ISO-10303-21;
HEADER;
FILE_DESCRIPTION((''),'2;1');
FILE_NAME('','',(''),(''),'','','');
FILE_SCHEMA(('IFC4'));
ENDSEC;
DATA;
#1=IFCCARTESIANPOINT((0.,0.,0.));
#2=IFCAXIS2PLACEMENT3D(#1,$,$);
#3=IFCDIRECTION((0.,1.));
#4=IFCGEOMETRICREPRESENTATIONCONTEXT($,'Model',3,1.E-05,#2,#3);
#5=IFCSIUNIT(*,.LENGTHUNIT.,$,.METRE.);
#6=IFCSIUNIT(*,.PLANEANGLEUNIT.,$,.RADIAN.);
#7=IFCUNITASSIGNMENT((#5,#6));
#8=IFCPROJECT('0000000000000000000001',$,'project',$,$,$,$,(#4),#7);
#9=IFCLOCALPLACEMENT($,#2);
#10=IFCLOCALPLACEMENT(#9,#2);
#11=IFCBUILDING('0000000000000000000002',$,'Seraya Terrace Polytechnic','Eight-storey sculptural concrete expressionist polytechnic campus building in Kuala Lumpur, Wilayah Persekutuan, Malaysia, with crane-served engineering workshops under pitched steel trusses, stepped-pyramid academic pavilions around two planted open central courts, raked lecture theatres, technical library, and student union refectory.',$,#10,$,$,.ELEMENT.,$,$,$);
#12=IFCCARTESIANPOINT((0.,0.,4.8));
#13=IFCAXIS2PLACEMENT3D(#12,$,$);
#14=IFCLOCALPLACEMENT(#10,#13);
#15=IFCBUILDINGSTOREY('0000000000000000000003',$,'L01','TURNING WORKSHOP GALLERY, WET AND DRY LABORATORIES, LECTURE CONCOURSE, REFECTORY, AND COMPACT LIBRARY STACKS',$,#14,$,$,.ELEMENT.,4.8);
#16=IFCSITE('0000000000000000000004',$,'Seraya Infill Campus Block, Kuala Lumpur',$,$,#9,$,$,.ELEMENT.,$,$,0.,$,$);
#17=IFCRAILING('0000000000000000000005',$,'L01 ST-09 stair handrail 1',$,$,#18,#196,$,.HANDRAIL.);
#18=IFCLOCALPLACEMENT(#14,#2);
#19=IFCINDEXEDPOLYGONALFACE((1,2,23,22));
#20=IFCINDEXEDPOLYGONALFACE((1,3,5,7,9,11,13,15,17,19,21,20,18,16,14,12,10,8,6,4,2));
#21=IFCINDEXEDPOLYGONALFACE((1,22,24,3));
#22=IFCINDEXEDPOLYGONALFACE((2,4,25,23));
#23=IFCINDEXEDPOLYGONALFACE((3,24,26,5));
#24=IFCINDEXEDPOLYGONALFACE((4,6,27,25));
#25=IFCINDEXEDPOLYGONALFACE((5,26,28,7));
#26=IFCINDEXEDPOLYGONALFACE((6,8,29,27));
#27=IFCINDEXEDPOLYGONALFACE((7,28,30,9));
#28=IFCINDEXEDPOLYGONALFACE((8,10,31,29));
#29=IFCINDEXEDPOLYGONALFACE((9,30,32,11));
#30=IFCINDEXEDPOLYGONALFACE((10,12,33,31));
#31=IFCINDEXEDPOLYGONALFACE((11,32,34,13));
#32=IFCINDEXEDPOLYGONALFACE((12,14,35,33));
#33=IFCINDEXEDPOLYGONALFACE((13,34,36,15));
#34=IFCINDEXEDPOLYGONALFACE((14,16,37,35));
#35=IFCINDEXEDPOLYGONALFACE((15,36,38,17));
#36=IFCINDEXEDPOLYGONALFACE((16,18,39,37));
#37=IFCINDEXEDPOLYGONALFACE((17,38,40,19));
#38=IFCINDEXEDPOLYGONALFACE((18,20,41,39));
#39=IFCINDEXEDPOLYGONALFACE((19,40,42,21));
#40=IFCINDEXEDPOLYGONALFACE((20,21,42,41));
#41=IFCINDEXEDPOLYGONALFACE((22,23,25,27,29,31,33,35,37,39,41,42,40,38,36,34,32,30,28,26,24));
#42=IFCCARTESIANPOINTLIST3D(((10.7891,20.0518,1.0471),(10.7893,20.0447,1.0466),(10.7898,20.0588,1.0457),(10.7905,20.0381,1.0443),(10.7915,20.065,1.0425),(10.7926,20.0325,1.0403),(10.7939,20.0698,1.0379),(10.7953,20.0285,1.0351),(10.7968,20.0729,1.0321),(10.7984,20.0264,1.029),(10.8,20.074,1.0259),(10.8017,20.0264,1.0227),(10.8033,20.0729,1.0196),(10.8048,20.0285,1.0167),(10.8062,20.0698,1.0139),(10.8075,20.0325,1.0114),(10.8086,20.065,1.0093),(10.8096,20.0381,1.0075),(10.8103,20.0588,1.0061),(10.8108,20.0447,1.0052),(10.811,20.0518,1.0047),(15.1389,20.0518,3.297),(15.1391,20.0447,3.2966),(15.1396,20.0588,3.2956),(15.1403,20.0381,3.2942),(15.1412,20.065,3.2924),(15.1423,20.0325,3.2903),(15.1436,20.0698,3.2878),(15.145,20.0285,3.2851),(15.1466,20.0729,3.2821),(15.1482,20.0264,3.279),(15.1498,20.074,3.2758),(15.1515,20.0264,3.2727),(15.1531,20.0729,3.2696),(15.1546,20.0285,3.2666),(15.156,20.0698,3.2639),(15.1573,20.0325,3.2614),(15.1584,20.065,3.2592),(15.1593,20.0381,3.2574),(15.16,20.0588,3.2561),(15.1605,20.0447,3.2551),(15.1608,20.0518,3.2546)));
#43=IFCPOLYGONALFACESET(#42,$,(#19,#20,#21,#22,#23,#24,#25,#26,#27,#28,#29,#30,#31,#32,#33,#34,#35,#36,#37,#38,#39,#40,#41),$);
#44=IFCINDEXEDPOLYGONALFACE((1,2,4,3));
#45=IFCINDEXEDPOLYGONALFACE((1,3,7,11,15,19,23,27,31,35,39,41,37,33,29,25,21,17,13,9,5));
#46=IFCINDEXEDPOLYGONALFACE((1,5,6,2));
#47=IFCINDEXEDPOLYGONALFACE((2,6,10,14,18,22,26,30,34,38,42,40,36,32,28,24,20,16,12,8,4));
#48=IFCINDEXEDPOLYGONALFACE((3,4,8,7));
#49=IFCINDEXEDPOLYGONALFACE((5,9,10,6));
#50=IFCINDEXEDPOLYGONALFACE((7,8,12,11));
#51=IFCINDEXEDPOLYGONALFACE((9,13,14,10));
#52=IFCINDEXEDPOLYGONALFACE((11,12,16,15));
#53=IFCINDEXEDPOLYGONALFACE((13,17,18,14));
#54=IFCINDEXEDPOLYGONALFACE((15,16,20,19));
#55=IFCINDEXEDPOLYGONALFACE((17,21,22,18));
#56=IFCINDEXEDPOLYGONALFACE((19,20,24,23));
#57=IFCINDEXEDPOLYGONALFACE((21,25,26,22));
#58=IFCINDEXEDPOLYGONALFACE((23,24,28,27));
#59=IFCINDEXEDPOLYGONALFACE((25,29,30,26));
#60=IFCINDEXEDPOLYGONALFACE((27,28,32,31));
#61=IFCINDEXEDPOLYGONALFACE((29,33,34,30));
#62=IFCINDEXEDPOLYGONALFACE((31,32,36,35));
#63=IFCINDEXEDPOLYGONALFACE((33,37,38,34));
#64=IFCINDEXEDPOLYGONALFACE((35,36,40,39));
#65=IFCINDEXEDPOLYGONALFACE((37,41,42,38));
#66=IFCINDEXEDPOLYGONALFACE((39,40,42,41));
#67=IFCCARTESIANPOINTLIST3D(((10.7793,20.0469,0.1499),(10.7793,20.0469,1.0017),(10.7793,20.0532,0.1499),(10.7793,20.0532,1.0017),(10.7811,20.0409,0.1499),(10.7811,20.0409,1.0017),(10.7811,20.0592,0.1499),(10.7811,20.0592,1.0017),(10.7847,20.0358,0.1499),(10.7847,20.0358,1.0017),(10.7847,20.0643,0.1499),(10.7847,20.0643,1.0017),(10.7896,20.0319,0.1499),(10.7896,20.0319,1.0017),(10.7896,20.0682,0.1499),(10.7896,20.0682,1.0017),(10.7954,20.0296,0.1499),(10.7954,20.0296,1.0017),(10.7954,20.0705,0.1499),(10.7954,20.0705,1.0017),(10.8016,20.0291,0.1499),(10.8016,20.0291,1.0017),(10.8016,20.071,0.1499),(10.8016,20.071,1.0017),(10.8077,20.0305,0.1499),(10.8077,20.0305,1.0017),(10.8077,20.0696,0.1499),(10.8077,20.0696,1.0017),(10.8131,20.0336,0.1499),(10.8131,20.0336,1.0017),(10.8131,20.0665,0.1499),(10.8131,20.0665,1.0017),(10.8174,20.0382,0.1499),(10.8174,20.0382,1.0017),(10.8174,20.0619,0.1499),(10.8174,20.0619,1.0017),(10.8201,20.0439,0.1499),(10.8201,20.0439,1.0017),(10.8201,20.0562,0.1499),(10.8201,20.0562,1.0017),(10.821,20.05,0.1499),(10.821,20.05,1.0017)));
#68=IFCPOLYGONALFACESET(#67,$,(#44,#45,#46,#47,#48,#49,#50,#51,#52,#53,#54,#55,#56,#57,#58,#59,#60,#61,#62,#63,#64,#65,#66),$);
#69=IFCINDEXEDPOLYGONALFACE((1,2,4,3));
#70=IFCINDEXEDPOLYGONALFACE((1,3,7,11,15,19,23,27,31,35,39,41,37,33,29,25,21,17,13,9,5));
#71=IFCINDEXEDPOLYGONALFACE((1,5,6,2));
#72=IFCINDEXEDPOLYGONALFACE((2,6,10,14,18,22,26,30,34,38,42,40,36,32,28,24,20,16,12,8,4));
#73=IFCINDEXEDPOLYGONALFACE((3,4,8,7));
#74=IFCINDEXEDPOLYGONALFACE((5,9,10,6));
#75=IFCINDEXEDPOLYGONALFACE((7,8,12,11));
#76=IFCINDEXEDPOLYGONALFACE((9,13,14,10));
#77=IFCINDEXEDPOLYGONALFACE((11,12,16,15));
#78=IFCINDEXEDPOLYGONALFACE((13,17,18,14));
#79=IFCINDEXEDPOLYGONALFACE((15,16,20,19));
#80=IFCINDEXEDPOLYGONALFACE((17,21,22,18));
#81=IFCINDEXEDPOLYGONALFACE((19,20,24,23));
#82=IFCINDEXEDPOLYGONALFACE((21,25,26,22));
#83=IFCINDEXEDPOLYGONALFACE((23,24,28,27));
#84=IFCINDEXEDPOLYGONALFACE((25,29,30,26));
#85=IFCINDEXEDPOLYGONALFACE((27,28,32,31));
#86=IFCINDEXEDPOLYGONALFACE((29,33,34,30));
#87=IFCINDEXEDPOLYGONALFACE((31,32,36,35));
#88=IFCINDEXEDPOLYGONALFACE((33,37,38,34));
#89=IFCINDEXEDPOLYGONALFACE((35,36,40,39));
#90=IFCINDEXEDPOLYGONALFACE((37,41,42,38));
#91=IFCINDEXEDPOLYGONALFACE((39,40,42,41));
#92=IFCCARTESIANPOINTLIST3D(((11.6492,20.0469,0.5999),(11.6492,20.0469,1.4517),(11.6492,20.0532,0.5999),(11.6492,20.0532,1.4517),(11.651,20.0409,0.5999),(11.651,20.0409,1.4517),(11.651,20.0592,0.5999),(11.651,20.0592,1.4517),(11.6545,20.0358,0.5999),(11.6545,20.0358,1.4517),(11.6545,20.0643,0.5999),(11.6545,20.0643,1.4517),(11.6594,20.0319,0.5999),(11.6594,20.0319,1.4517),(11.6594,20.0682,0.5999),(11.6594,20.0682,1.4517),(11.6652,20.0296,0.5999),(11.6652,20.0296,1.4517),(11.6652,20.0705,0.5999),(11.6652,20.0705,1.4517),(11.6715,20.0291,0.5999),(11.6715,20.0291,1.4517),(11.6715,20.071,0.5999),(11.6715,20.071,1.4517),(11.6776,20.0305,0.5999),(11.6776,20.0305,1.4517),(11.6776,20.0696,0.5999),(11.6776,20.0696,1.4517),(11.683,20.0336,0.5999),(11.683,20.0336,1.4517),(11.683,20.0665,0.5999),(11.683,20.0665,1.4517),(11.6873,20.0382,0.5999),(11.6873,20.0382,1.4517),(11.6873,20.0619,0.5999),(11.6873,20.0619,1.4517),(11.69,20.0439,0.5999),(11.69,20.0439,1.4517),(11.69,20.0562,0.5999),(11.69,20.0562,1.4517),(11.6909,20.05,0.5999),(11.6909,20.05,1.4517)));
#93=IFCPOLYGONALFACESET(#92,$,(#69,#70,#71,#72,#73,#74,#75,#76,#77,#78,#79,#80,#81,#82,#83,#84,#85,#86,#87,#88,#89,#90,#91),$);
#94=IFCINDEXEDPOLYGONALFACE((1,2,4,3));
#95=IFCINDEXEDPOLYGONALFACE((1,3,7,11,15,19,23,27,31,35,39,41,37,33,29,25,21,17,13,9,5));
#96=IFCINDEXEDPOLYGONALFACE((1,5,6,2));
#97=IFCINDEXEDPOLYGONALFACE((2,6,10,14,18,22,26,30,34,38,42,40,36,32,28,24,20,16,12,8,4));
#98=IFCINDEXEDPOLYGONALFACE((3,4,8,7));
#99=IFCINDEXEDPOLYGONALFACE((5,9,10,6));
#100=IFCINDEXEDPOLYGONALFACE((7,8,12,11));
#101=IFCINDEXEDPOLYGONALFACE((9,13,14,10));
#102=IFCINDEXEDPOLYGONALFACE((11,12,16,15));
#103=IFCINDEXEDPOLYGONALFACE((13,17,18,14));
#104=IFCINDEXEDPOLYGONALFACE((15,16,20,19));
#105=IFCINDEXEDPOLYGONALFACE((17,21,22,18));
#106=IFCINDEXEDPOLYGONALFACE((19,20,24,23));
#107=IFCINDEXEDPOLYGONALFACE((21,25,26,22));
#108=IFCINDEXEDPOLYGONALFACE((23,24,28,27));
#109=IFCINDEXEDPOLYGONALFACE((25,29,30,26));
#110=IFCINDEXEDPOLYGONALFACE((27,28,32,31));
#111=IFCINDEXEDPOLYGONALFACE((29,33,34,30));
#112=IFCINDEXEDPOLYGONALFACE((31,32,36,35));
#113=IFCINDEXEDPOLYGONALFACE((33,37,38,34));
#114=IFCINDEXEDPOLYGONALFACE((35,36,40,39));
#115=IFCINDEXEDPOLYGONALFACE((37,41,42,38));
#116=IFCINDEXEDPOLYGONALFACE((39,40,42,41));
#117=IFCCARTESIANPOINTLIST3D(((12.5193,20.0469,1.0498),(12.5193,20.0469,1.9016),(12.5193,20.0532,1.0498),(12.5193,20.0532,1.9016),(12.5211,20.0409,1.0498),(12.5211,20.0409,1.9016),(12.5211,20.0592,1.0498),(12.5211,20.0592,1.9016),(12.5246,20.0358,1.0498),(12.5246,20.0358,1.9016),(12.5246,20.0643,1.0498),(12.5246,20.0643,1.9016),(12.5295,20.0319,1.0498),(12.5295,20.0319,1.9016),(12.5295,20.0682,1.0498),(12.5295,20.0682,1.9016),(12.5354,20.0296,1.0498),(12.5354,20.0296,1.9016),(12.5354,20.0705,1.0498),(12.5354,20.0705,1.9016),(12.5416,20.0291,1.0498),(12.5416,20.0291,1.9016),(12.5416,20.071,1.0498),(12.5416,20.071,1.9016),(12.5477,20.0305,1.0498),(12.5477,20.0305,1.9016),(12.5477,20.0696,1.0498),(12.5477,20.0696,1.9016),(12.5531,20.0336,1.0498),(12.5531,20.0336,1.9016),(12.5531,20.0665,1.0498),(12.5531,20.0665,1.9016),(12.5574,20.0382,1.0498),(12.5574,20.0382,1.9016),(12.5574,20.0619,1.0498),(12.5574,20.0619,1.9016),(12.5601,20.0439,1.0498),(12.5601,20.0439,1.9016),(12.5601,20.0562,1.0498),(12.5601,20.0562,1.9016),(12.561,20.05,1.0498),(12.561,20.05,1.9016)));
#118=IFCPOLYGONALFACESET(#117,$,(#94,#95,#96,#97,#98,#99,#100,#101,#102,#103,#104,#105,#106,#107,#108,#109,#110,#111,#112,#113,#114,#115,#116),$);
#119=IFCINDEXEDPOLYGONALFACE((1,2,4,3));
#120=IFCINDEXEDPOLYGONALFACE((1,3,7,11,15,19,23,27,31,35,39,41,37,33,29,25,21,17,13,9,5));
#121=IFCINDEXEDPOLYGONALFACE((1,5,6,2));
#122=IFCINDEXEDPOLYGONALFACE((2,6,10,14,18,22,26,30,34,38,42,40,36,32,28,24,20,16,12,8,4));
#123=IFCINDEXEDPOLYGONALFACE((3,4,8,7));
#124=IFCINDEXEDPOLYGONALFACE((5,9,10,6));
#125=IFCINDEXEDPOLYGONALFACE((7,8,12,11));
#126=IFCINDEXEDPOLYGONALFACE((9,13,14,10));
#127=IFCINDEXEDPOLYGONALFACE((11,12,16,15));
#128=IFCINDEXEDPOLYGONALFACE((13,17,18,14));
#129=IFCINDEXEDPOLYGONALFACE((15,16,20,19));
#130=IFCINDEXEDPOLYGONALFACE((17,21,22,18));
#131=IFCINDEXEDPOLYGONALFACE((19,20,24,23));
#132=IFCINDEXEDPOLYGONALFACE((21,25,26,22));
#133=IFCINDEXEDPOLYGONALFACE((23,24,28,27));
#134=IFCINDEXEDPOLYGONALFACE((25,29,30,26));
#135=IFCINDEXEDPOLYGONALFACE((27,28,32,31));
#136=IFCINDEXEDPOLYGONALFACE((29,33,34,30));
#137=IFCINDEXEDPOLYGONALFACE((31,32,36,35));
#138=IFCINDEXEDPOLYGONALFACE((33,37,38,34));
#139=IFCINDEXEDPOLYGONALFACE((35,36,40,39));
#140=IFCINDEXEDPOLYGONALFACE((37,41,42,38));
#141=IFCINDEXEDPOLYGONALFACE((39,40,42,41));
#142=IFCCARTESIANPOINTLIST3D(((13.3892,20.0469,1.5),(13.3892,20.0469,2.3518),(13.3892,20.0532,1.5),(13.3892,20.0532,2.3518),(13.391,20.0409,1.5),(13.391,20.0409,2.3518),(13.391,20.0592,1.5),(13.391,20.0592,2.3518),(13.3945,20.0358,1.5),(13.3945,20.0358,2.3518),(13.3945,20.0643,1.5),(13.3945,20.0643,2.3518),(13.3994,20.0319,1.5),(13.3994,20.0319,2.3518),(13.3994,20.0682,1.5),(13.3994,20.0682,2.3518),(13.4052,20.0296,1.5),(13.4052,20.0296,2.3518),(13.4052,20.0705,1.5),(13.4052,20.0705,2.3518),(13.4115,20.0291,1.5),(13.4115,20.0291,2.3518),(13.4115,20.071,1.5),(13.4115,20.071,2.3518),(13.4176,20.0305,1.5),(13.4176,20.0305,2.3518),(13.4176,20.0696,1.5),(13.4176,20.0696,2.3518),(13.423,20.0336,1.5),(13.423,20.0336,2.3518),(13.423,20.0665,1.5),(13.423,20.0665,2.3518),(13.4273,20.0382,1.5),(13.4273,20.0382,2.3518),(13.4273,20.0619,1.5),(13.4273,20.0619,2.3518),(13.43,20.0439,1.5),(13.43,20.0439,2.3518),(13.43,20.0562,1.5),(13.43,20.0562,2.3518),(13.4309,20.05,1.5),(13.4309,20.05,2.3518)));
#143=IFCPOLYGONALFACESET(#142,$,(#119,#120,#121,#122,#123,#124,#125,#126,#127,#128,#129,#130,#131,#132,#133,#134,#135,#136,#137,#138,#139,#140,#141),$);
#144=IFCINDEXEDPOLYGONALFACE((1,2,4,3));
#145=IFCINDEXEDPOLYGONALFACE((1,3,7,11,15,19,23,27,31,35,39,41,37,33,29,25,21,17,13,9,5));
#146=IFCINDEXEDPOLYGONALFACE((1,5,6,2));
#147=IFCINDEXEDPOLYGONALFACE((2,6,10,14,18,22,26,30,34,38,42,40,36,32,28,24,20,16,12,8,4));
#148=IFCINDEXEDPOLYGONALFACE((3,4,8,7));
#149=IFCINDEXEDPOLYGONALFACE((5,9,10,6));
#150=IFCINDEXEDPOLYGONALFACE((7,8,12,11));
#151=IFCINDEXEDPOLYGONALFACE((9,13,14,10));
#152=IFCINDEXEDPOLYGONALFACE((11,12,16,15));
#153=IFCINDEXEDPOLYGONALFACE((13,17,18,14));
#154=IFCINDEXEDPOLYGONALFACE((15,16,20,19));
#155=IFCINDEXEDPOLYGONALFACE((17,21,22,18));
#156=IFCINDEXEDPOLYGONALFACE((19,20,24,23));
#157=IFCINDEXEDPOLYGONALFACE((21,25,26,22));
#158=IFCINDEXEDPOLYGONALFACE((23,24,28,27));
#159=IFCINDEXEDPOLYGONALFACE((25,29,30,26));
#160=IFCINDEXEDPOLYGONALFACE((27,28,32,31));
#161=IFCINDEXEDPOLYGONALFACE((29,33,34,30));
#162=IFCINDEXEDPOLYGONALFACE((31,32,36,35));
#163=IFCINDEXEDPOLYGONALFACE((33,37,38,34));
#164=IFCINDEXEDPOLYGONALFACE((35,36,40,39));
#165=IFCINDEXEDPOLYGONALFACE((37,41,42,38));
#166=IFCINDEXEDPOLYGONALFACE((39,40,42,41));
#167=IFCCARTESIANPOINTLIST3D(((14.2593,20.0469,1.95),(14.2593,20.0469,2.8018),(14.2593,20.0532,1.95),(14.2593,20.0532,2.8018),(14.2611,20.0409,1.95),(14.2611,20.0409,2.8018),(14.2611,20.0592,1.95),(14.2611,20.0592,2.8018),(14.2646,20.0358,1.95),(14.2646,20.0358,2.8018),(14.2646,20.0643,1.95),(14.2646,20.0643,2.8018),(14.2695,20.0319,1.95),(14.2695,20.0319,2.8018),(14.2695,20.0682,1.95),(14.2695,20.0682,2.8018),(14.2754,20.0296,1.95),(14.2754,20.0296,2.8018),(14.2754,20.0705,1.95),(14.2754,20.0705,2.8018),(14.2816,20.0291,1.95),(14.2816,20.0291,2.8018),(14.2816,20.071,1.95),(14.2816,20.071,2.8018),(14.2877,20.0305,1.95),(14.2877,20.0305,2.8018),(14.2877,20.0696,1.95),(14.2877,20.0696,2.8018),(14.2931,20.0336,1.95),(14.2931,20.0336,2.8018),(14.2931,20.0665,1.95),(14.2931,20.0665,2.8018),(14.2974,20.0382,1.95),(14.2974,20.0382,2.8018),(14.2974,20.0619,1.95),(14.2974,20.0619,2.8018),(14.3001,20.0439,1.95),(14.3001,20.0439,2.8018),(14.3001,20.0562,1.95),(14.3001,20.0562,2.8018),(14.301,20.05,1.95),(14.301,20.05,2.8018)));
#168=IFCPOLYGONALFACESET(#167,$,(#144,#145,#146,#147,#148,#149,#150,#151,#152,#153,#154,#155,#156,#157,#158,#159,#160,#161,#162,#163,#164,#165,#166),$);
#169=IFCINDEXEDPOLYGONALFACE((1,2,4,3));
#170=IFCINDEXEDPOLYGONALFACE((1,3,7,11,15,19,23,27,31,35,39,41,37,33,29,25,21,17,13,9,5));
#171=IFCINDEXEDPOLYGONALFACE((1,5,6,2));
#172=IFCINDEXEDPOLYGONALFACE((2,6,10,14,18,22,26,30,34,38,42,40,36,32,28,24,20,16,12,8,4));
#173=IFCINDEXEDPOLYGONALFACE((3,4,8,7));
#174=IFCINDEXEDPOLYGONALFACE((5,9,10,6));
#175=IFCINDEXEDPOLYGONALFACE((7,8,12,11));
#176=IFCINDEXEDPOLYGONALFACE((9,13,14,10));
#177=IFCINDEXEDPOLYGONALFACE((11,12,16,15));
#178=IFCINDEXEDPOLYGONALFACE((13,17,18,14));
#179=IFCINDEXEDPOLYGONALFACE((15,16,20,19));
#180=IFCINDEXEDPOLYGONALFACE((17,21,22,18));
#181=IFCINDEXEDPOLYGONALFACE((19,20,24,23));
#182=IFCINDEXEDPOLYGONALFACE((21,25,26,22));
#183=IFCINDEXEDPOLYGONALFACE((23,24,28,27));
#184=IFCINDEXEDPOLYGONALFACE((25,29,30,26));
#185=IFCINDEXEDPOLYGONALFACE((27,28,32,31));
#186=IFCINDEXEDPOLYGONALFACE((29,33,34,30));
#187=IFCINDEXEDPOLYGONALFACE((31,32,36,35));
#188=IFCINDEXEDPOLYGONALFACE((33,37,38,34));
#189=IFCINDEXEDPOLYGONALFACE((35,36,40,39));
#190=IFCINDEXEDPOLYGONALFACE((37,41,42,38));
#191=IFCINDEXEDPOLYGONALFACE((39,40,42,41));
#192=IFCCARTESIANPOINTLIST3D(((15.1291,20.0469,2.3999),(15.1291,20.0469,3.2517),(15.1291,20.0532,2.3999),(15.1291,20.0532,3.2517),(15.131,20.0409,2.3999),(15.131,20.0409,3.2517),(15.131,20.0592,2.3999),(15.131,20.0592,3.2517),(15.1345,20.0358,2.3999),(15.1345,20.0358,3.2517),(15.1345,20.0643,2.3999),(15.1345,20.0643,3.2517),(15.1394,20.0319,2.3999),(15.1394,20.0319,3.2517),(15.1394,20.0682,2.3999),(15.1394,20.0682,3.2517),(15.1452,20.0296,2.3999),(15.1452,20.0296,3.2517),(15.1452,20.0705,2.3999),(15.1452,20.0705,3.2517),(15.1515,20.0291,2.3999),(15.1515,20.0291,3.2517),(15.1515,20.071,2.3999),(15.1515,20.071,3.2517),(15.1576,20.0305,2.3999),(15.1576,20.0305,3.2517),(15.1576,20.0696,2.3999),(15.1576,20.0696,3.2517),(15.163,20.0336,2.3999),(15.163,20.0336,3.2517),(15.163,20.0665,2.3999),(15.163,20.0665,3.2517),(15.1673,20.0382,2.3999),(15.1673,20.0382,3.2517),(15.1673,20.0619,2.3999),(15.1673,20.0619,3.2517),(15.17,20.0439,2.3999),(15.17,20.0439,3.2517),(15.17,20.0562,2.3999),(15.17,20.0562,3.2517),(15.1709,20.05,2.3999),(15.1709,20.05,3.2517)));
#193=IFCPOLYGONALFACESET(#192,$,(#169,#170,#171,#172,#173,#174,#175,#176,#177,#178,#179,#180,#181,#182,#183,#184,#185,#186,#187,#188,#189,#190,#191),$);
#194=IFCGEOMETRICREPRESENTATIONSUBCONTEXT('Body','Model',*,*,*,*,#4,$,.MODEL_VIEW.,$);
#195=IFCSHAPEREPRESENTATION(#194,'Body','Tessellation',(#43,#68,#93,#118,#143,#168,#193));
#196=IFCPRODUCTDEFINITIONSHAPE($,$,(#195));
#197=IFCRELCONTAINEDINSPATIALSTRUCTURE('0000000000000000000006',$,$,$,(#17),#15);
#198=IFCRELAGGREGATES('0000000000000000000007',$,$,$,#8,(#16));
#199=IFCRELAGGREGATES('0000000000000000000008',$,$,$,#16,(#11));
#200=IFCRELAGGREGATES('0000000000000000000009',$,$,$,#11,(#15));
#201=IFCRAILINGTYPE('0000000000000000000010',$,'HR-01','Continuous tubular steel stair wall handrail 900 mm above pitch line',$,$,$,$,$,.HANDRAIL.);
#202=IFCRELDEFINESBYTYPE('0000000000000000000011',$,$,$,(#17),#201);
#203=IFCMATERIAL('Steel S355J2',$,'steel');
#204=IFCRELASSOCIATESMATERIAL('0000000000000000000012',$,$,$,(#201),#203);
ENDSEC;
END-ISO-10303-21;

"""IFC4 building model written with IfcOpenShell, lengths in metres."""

from ifc_helpers import new_model, si_unit, direction, frame, origin, origin_2d, place, context, subcontext, project, spatial, circle, extrude, material, type_object, element, save


model = new_model("IFC4")

# Units and contexts
model_context = context("Model", 3, precision=1e-05, world=origin(), true_north=direction((0.0, 1.0)))
body_context = subcontext(model_context, "Body", "Model", "MODEL_VIEW")
ifc_project = project(units=[si_unit("LENGTHUNIT", "METRE"), si_unit("PLANEANGLEUNIT", "RADIAN")], contexts=[model_context])

# Site, building, storey
site_placement = place(None, origin())
site = spatial("IfcSite", under=ifc_project, at=site_placement, Name="Seraya Infill Campus Block, Kuala Lumpur", CompositionType="ELEMENT", RefElevation=0.0)
building_placement = place(site_placement, origin())
building = spatial("IfcBuilding", under=site, at=building_placement, Name="Seraya Terrace Polytechnic", Description="Eight-storey sculptural concrete expressionist polytechnic campus building in Kuala Lumpur, Wilayah Persekutuan, Malaysia, with crane-served engineering workshops under pitched steel trusses, stepped-pyramid academic pavilions around two planted open central courts, raked lecture theatres, technical library, and student union refectory.", CompositionType="ELEMENT")
storey_placement = place(building_placement, frame((0.0, 0.0, 4.8)))
storey = spatial("IfcBuildingStorey", under=building, at=storey_placement, Name="L01", Description="TURNING WORKSHOP GALLERY, WET AND DRY LABORATORIES, LECTURE CONCOURSE, REFECTORY, AND COMPACT LIBRARY STACKS", CompositionType="ELEMENT", Elevation=4.8)

# Shared definitions
ifc_material_1 = material(Name="Steel S355J2", Category="steel")

# Railing
railing_type_1 = type_object("IfcRailingType", Name="HR-01", Description="Continuous tubular steel stair wall handrail 900 mm above pitch line", PredefinedType="HANDRAIL", material=ifc_material_1)
railing_1_placement = place(storey_placement, frame((10.8, 20.05, 0.1499)))
element("IfcRailing", 1, at=railing_1_placement, inside=storey, type_object=railing_type_1, Name="L01 ST-09 stair handrail 1", PredefinedType="HANDRAIL", context=body_context, shape_type="SweptSolid", body=[
    extrude(circle(Radius=0.0239, at=origin_2d()), frame((0.0, 0.0, 0.876), z_axis=(0.888211, 0.0, 0.459435), x_axis=(0.0, 1.0, 0.0)), (0.0, 0.0, 1.0), 4.8972),
    extrude(circle(Radius=0.021, at=origin_2d()), origin(), (0.0, 0.0, 1.0), 0.8518),
    extrude(circle(Radius=0.021, at=origin_2d()), frame((0.8699, 0.0, 0.45)), (0.0, 0.0, 1.0), 0.8518),
    extrude(circle(Radius=0.021, at=origin_2d()), frame((1.74, 0.0, 0.8999)), (0.0, 0.0, 1.0), 0.8518),
    extrude(circle(Radius=0.021, at=origin_2d()), frame((2.6099, 0.0, 1.3501)), (0.0, 0.0, 1.0), 0.8518),
    extrude(circle(Radius=0.021, at=origin_2d()), frame((3.48, 0.0, 1.8)), (0.0, 0.0, 1.0), 0.8518),
    extrude(circle(Radius=0.021, at=origin_2d()), frame((4.3499, 0.0, 2.25)), (0.0, 0.0, 1.0), 0.8518),
])

save(model, "model.ifc")
